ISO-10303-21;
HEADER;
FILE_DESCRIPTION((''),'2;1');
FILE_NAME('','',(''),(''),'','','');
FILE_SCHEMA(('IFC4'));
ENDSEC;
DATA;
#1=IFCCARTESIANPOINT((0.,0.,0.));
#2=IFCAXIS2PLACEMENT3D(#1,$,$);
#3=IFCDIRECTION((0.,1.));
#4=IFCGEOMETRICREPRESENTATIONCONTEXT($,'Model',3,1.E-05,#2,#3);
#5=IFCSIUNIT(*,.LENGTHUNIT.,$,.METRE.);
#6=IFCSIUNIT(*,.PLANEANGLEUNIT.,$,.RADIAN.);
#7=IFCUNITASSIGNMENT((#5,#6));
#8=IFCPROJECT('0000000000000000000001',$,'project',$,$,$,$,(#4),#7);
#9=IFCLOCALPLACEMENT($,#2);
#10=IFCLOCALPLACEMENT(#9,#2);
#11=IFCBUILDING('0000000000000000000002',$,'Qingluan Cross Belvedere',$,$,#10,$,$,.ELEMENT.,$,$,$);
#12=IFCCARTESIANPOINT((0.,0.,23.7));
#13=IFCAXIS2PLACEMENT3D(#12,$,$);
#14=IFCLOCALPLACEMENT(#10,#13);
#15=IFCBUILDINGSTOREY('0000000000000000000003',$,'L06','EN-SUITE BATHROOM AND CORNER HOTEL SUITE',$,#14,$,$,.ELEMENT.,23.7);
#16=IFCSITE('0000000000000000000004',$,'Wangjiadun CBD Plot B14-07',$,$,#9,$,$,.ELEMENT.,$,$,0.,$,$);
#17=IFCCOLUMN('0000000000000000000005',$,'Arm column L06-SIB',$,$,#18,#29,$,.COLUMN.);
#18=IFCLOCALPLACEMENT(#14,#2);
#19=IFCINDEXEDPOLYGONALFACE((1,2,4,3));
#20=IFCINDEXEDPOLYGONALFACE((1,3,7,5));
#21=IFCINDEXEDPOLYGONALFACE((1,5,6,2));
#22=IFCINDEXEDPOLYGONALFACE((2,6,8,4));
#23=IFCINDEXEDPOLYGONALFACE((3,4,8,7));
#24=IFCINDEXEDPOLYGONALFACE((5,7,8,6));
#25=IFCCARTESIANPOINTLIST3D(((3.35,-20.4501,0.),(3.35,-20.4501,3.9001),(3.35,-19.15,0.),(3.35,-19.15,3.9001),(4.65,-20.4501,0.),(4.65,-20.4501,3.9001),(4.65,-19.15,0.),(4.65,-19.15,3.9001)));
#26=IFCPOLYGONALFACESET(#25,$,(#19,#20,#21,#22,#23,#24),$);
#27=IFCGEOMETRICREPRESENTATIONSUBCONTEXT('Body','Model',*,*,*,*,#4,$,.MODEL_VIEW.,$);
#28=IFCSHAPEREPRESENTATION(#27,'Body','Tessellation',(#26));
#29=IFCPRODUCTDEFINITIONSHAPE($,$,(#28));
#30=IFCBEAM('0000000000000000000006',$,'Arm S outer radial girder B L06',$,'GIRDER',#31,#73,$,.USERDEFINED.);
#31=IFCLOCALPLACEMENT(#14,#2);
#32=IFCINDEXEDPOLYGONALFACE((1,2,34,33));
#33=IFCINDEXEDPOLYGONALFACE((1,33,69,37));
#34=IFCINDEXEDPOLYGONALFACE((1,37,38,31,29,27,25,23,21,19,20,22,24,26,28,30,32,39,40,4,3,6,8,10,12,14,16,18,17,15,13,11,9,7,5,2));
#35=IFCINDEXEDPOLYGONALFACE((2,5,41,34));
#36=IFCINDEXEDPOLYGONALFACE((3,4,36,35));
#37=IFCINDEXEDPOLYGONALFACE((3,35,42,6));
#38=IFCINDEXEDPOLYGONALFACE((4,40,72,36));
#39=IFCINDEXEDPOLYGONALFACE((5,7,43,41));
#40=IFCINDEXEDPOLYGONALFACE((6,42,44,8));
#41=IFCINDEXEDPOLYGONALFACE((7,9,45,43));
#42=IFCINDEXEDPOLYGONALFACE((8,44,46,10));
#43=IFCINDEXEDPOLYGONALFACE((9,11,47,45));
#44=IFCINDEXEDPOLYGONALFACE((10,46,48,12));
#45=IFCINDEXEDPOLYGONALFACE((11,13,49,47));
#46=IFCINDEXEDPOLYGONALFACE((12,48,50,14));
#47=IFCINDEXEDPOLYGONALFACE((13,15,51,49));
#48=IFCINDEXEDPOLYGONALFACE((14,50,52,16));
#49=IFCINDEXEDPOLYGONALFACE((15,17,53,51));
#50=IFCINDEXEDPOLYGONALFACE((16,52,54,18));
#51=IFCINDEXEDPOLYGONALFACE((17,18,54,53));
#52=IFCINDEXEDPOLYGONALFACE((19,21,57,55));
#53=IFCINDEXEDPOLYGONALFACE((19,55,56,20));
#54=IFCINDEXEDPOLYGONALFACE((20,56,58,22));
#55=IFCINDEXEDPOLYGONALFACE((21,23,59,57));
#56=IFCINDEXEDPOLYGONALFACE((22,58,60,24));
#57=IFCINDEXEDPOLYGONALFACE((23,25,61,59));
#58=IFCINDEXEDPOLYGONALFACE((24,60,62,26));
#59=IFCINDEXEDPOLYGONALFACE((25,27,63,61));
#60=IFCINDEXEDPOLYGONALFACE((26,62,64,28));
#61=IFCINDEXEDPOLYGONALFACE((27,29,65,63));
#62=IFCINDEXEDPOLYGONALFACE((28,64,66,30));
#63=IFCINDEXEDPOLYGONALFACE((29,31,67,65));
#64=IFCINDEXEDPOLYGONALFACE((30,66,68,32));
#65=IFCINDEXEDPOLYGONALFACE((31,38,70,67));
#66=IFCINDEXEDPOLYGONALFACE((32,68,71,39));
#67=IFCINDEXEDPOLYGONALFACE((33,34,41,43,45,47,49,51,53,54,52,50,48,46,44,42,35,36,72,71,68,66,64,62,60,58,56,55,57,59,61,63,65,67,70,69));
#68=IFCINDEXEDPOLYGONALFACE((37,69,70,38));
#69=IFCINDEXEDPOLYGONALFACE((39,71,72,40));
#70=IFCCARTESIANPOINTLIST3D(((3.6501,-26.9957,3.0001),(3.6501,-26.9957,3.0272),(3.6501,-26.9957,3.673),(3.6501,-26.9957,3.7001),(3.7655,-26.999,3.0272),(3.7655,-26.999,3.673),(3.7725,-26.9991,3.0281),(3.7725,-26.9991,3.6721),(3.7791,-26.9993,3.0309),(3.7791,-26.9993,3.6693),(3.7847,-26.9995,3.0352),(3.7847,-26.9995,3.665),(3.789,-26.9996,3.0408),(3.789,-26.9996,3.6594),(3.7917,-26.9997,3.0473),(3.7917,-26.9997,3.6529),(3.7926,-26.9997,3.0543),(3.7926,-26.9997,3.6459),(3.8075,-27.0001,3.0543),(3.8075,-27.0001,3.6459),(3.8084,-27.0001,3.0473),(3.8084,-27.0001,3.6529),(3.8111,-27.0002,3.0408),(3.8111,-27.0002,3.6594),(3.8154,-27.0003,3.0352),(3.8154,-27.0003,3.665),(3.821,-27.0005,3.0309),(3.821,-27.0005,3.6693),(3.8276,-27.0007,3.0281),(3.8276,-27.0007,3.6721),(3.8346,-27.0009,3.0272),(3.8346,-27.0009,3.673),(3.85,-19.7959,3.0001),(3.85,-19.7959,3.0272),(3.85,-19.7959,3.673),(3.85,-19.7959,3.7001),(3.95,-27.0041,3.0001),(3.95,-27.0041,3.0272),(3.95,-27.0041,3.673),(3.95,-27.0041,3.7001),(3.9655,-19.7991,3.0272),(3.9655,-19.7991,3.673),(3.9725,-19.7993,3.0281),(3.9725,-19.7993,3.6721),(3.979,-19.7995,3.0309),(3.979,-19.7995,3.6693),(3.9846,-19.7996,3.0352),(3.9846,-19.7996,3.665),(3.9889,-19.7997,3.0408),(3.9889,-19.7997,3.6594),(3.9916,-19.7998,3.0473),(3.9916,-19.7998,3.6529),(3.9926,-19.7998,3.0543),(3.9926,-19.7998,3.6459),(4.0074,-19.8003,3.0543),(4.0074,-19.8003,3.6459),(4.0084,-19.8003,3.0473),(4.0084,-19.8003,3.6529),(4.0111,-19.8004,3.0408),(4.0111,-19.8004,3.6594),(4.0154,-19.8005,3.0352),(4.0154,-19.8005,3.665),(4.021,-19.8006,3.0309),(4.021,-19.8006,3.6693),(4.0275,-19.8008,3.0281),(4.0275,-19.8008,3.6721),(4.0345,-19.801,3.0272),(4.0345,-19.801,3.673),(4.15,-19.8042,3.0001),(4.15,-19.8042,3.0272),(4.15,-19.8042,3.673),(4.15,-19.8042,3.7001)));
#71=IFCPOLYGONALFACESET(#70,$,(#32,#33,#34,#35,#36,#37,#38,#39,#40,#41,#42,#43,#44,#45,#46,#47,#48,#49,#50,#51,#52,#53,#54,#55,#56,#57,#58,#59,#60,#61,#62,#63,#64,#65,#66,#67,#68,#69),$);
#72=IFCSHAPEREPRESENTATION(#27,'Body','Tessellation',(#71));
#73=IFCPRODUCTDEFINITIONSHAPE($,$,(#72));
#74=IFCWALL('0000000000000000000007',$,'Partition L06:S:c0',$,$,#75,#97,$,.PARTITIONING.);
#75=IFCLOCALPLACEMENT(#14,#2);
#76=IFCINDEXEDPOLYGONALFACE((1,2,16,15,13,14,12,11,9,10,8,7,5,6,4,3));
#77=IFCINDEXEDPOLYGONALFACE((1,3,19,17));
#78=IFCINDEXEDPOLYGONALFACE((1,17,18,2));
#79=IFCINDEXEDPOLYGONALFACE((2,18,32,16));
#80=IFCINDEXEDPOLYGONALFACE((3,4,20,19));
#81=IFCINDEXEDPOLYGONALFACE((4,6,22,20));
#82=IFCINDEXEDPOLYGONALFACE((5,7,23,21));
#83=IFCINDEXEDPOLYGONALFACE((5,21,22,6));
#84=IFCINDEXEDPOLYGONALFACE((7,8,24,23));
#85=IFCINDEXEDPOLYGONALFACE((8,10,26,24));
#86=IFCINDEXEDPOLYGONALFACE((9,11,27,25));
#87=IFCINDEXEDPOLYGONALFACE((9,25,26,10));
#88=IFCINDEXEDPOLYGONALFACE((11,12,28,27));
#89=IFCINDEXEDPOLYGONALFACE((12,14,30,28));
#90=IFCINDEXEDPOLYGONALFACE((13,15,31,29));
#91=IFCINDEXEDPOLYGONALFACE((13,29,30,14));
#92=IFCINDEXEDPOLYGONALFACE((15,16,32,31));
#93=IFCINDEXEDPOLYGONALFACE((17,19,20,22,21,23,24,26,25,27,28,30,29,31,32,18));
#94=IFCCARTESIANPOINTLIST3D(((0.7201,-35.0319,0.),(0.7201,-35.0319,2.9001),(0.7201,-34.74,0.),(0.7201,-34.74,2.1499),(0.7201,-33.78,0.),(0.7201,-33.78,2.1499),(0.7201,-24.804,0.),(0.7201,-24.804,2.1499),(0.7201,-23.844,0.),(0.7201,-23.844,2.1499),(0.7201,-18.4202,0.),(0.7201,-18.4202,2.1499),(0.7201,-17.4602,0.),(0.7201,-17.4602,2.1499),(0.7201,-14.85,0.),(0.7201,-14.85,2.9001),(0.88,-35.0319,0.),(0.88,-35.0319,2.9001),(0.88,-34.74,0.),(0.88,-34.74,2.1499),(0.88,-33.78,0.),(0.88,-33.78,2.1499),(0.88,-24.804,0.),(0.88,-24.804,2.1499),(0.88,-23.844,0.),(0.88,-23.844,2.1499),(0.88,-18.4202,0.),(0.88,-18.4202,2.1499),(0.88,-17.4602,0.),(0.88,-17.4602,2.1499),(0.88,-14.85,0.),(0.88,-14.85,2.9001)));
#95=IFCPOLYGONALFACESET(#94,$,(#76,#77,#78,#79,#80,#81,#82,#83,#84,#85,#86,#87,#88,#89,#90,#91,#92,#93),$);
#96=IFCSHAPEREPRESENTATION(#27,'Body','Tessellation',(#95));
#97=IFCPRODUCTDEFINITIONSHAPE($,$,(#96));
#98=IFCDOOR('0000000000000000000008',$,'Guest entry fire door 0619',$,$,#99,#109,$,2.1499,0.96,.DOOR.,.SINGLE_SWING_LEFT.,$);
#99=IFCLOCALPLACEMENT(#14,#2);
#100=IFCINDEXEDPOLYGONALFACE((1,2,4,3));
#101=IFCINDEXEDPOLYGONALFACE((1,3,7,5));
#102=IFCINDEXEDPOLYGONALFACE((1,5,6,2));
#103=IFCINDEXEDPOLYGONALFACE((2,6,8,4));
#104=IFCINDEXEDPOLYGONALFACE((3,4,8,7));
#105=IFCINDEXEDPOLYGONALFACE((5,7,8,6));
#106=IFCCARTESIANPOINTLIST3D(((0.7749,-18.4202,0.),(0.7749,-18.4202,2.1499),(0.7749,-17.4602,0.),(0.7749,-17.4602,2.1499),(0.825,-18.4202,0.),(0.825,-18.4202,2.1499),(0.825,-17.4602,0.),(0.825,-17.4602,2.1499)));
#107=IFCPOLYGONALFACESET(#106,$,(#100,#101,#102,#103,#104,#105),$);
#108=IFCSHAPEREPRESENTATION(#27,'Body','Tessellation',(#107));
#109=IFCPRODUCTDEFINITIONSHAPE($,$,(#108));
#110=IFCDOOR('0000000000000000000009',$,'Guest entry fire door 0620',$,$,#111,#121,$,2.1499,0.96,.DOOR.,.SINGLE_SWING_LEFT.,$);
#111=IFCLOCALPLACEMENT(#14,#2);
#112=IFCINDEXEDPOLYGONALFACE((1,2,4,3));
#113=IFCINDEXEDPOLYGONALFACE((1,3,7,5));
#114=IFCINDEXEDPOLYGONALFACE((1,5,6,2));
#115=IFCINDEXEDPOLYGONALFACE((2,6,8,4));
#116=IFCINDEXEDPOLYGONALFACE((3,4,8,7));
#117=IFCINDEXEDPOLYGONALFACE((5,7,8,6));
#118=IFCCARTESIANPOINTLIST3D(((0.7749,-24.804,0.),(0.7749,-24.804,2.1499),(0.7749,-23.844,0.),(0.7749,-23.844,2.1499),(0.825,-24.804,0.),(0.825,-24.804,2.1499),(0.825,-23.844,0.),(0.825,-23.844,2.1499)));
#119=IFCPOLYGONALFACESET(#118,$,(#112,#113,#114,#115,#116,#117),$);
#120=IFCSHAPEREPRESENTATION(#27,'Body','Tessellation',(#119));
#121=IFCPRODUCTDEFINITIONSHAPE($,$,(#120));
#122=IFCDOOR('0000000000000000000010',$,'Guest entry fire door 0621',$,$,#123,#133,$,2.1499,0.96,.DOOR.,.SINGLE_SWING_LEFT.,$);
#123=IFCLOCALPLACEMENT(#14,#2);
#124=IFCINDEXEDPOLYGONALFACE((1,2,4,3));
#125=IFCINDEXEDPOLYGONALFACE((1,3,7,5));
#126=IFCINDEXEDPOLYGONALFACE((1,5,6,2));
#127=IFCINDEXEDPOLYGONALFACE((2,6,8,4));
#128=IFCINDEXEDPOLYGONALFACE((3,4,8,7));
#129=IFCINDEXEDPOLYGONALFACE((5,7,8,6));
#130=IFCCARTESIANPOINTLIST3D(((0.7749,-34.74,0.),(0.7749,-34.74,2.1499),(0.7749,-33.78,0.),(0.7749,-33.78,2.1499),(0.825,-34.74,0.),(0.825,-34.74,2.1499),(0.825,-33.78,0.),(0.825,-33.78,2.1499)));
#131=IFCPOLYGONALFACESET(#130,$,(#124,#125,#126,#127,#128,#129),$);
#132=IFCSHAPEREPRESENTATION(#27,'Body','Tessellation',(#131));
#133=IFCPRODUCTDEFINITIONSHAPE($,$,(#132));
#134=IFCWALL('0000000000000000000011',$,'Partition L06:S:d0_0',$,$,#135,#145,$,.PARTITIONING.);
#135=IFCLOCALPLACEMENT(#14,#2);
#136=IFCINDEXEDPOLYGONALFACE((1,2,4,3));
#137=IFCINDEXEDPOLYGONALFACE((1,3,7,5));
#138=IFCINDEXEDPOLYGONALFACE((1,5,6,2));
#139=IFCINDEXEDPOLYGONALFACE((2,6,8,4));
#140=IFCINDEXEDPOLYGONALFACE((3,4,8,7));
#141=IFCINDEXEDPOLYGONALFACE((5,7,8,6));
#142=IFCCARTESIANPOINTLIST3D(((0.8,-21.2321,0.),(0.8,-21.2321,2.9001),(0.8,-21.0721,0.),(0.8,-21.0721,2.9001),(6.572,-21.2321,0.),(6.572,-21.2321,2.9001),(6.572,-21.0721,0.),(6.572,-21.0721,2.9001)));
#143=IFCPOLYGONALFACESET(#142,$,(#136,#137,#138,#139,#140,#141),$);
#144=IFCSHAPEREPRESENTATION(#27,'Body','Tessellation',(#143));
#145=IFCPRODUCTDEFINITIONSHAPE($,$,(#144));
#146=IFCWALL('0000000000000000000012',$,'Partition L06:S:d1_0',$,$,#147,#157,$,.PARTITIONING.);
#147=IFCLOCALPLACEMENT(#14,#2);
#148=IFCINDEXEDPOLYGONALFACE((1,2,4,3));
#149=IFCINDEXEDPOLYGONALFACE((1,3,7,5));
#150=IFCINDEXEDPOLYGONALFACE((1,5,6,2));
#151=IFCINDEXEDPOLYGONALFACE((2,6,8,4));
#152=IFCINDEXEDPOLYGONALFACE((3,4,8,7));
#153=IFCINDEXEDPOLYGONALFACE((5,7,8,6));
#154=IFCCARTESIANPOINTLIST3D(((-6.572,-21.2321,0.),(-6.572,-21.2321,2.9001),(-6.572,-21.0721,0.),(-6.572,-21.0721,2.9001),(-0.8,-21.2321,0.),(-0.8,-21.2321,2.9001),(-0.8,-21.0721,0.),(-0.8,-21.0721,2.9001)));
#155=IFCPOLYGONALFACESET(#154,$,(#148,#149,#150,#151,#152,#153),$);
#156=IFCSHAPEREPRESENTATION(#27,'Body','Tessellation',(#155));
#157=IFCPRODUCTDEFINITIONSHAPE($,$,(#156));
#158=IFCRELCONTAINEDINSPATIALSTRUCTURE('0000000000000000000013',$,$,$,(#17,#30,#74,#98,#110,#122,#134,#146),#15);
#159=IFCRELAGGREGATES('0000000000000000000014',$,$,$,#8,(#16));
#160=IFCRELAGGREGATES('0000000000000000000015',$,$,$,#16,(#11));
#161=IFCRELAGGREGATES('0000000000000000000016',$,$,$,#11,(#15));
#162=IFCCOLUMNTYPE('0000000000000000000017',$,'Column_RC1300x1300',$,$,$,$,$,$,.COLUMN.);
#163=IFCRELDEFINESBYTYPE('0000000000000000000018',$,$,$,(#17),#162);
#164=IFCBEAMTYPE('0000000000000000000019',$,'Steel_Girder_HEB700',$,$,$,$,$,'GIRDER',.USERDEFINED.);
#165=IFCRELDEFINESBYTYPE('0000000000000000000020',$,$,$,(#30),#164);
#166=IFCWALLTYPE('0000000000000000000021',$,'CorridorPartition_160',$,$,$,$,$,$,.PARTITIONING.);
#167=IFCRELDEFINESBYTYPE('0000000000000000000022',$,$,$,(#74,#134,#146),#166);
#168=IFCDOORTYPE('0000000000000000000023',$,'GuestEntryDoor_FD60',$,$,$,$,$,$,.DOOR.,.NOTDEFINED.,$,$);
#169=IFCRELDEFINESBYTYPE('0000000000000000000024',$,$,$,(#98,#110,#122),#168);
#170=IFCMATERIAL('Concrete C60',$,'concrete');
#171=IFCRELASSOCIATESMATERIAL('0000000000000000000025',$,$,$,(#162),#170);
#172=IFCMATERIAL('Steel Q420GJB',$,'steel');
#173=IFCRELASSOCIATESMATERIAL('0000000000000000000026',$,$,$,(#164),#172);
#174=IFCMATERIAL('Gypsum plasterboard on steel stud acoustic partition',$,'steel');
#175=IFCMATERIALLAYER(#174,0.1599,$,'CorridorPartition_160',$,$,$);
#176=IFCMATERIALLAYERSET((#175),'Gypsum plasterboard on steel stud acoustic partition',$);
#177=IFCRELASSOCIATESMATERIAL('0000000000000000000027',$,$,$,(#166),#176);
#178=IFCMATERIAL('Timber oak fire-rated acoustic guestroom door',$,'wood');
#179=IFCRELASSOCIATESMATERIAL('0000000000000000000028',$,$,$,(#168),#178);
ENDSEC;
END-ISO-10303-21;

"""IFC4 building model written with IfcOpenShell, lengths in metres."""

from ifc_helpers import new_model, si_unit, direction, frame, frame_2d, origin, origin_2d, place, context, subcontext, project, spatial, rectangle, i_section, extrude, material, layer, layer_set, material_profile, profile_set, type_object, element, fill, save


model = new_model("IFC4")

# Units and contexts
model_context = context("Model", 3, precision=1e-05, world=origin(), true_north=direction((0.0, 1.0)))
body_context = subcontext(model_context, "Body", "Model", "MODEL_VIEW")
ifc_project = project(units=[si_unit("LENGTHUNIT", "METRE"), si_unit("PLANEANGLEUNIT", "RADIAN")], contexts=[model_context])

# Site, building, storey
site_placement = place(None, origin())
site = spatial("IfcSite", under=ifc_project, at=site_placement, Name="Wangjiadun CBD Plot B14-07", CompositionType="ELEMENT", RefElevation=0.0)
building_placement = place(site_placement, origin())
building = spatial("IfcBuilding", under=site, at=building_placement, Name="Qingluan Cross Belvedere", CompositionType="ELEMENT")
storey_placement = place(building_placement, frame((0.0, 0.0, 23.7)))
storey = spatial("IfcBuildingStorey", under=building, at=storey_placement, Name="L06", Description="EN-SUITE BATHROOM AND CORNER HOTEL SUITE", CompositionType="ELEMENT", Elevation=23.7)

# Column
ifc_material_1 = material(Name="Concrete C60", Category="concrete")
ifc_material_profile_1 = material_profile(ifc_material_1, rectangle(XDim=1.3, YDim=1.3, at=origin_2d()), Name="RC1300x1300")
ifc_profile_set_1 = profile_set([ifc_material_profile_1], Name="Concrete C60")
column_type = type_object("IfcColumnType", Name="Column_RC1300x1300", PredefinedType="COLUMN", material=ifc_profile_set_1)
column_placement = place(storey_placement, frame((4.0, -19.8, 0.0), z_axis=(0.0, 0.0, 1.0), x_axis=(1.0, 0.0, 0.0)))
element("IfcColumn", 1, at=column_placement, inside=storey, type_object=column_type, Name="Arm column L06-SIB", PredefinedType="COLUMN", context=body_context, shape_type="SweptSolid", body=[
    extrude(rectangle(XDim=1.3, YDim=1.3, at=origin_2d()), origin(), (0.0, 0.0, 1.0), 3.9001),
])

# Beam
ifc_material_2 = material(Name="Steel Q420GJB", Category="steel")
ifc_material_profile_2 = material_profile(ifc_material_2, i_section(OverallWidth=0.3, OverallDepth=0.7, WebThickness=0.0149, FlangeThickness=0.0271, FilletRadius=0.0271, at=origin_2d()), Name="HEB700")
ifc_profile_set_2 = profile_set([ifc_material_profile_2], Name="Steel Q420GJB")
beam_type = type_object("IfcBeamType", Name="Steel_Girder_HEB700", ElementType="GIRDER", PredefinedType="USERDEFINED", material=ifc_profile_set_2)
beam_placement = place(storey_placement, frame((4.0, -19.8, 3.3501), z_axis=(-0.02776, -0.999615, 0.0), x_axis=(0.999615, -0.02776, 0.0)))
element("IfcBeam", 2, at=beam_placement, inside=storey, type_object=beam_type, Name="Arm S outer radial girder B L06", ObjectType="GIRDER", PredefinedType="USERDEFINED", context=body_context, shape_type="SweptSolid", body=[
    extrude(i_section(OverallWidth=0.3, OverallDepth=0.7, WebThickness=0.0149, FlangeThickness=0.0271, FilletRadius=0.0271, at=origin_2d()), origin(), (0.0, 0.0, 1.0), 7.2026),
])

# Wall, openings, doors
ifc_material_3 = material(Name="Gypsum plasterboard on steel stud acoustic partition", Category="steel")
ifc_layer_1 = layer(ifc_material_3, 0.1599, Name="CorridorPartition_160")
ifc_layer_set_1 = layer_set([ifc_layer_1], Name="Gypsum plasterboard on steel stud acoustic partition")
wall_type_1 = type_object("IfcWallType", Name="CorridorPartition_160", PredefinedType="PARTITIONING", material=ifc_layer_set_1)
wall_1_placement = place(storey_placement, frame((0.8, -14.8501, 0.0), z_axis=(0.0, 0.0, 1.0), x_axis=(0.0, -1.0, 0.0)))
wall_1 = element("IfcWall", 3, at=wall_1_placement, inside=storey, type_object=wall_type_1, Name="Partition L06:S:c0", PredefinedType="PARTITIONING", context=body_context, shape_type="SweptSolid", body=[
    extrude(rectangle(XDim=20.1819, YDim=0.1599, at=frame_2d((10.0908, 0.0))), origin(), (0.0, 0.0, 1.0), 2.9001),
])
opening_1_placement = place(wall_1_placement, frame((2.6101, 0.0, 0.0)))
opening_1 = element("IfcOpeningElement", 4, at=opening_1_placement, cuts=wall_1, PredefinedType="OPENING", context=body_context, shape_type="SweptSolid", body=[
    extrude(rectangle(XDim=0.96, YDim=2.1499, at=frame_2d((0.48, 1.075))), frame((0.0, 0.0898, 0.0), z_axis=(0.0, -1.0, 0.0), x_axis=(1.0, 0.0, 0.0)), (0.0, 0.0, 1.0), 0.1799),
])
opening_2_placement = place(wall_1_placement, frame((8.9939, 0.0, 0.0)))
opening_2 = element("IfcOpeningElement", 5, at=opening_2_placement, cuts=wall_1, PredefinedType="OPENING", context=body_context, shape_type="SweptSolid", body=[
    extrude(rectangle(XDim=0.96, YDim=2.1499, at=frame_2d((0.48, 1.075))), frame((0.0, 0.0898, 0.0), z_axis=(0.0, -1.0, 0.0), x_axis=(1.0, 0.0, 0.0)), (0.0, 0.0, 1.0), 0.1799),
])
opening_3_placement = place(wall_1_placement, frame((18.9299, 0.0, 0.0)))
opening_3 = element("IfcOpeningElement", 6, at=opening_3_placement, cuts=wall_1, PredefinedType="OPENING", context=body_context, shape_type="SweptSolid", body=[
    extrude(rectangle(XDim=0.96, YDim=2.1499, at=frame_2d((0.48, 1.075))), frame((0.0, 0.0898, 0.0), z_axis=(0.0, -1.0, 0.0), x_axis=(1.0, 0.0, 0.0)), (0.0, 0.0, 1.0), 0.1799),
])
ifc_material_4 = material(Name="Timber oak fire-rated acoustic guestroom door", Category="wood")
door_type_1 = type_object("IfcDoorType", Name="GuestEntryDoor_FD60", OperationType="NOTDEFINED", PredefinedType="DOOR", material=ifc_material_4)
door_1_placement = place(opening_1_placement, origin())
door_1 = element("IfcDoor", 7, at=door_1_placement, inside=storey, type_object=door_type_1, Name="Guest entry fire door 0619", OperationType="SINGLE_SWING_LEFT", OverallHeight=2.1499, OverallWidth=0.96, PredefinedType="DOOR", context=body_context, shape_type="SweptSolid", body=[
    extrude(rectangle(XDim=0.96, YDim=2.1499, at=frame_2d((0.48, 1.075))), frame((0.0, 0.0249, 0.0), z_axis=(0.0, -1.0, 0.0), x_axis=(1.0, 0.0, 0.0)), (0.0, 0.0, 1.0), 0.05),
])
fill(opening_1, door_1)
door_2_placement = place(opening_2_placement, origin())
door_2 = element("IfcDoor", 8, at=door_2_placement, inside=storey, type_object=door_type_1, Name="Guest entry fire door 0620", OperationType="SINGLE_SWING_LEFT", OverallHeight=2.1499, OverallWidth=0.96, PredefinedType="DOOR", context=body_context, shape_type="SweptSolid", body=[
    extrude(rectangle(XDim=0.96, YDim=2.1499, at=frame_2d((0.48, 1.075))), frame((0.0, 0.0249, 0.0), z_axis=(0.0, -1.0, 0.0), x_axis=(1.0, 0.0, 0.0)), (0.0, 0.0, 1.0), 0.05),
])
fill(opening_2, door_2)
door_3_placement = place(opening_3_placement, origin())
door_3 = element("IfcDoor", 9, at=door_3_placement, inside=storey, type_object=door_type_1, Name="Guest entry fire door 0621", OperationType="SINGLE_SWING_LEFT", OverallHeight=2.1499, OverallWidth=0.96, PredefinedType="DOOR", context=body_context, shape_type="SweptSolid", body=[
    extrude(rectangle(XDim=0.96, YDim=2.1499, at=frame_2d((0.48, 1.075))), frame((0.0, 0.0249, 0.0), z_axis=(0.0, -1.0, 0.0), x_axis=(1.0, 0.0, 0.0)), (0.0, 0.0, 1.0), 0.05),
])
fill(opening_3, door_3)

# Walls
for number, where, z_axis, x_axis, name in (
    (10, (0.8, -21.1521, 0.0), (0.0, 0.0, 1.0), (1.0, 0.0, 0.0), "Partition L06:S:d0_0"),
    (11, (-0.8, -21.1521, 0.0), (0.0, 0.0, 1.0), (-1.0, 0.0, 0.0), "Partition L06:S:d1_0"),
):
    element("IfcWall", number, at=place(storey_placement, frame(where, z_axis=z_axis, x_axis=x_axis)), inside=storey, type_object=wall_type_1, Name=name, PredefinedType="PARTITIONING", context=body_context, shape_type="SweptSolid", body=[
        extrude(rectangle(XDim=5.772, YDim=0.1599, at=frame_2d((2.886, 0.0))), origin(), (0.0, 0.0, 1.0), 2.9001),
    ])

save(model, "model.ifc")
